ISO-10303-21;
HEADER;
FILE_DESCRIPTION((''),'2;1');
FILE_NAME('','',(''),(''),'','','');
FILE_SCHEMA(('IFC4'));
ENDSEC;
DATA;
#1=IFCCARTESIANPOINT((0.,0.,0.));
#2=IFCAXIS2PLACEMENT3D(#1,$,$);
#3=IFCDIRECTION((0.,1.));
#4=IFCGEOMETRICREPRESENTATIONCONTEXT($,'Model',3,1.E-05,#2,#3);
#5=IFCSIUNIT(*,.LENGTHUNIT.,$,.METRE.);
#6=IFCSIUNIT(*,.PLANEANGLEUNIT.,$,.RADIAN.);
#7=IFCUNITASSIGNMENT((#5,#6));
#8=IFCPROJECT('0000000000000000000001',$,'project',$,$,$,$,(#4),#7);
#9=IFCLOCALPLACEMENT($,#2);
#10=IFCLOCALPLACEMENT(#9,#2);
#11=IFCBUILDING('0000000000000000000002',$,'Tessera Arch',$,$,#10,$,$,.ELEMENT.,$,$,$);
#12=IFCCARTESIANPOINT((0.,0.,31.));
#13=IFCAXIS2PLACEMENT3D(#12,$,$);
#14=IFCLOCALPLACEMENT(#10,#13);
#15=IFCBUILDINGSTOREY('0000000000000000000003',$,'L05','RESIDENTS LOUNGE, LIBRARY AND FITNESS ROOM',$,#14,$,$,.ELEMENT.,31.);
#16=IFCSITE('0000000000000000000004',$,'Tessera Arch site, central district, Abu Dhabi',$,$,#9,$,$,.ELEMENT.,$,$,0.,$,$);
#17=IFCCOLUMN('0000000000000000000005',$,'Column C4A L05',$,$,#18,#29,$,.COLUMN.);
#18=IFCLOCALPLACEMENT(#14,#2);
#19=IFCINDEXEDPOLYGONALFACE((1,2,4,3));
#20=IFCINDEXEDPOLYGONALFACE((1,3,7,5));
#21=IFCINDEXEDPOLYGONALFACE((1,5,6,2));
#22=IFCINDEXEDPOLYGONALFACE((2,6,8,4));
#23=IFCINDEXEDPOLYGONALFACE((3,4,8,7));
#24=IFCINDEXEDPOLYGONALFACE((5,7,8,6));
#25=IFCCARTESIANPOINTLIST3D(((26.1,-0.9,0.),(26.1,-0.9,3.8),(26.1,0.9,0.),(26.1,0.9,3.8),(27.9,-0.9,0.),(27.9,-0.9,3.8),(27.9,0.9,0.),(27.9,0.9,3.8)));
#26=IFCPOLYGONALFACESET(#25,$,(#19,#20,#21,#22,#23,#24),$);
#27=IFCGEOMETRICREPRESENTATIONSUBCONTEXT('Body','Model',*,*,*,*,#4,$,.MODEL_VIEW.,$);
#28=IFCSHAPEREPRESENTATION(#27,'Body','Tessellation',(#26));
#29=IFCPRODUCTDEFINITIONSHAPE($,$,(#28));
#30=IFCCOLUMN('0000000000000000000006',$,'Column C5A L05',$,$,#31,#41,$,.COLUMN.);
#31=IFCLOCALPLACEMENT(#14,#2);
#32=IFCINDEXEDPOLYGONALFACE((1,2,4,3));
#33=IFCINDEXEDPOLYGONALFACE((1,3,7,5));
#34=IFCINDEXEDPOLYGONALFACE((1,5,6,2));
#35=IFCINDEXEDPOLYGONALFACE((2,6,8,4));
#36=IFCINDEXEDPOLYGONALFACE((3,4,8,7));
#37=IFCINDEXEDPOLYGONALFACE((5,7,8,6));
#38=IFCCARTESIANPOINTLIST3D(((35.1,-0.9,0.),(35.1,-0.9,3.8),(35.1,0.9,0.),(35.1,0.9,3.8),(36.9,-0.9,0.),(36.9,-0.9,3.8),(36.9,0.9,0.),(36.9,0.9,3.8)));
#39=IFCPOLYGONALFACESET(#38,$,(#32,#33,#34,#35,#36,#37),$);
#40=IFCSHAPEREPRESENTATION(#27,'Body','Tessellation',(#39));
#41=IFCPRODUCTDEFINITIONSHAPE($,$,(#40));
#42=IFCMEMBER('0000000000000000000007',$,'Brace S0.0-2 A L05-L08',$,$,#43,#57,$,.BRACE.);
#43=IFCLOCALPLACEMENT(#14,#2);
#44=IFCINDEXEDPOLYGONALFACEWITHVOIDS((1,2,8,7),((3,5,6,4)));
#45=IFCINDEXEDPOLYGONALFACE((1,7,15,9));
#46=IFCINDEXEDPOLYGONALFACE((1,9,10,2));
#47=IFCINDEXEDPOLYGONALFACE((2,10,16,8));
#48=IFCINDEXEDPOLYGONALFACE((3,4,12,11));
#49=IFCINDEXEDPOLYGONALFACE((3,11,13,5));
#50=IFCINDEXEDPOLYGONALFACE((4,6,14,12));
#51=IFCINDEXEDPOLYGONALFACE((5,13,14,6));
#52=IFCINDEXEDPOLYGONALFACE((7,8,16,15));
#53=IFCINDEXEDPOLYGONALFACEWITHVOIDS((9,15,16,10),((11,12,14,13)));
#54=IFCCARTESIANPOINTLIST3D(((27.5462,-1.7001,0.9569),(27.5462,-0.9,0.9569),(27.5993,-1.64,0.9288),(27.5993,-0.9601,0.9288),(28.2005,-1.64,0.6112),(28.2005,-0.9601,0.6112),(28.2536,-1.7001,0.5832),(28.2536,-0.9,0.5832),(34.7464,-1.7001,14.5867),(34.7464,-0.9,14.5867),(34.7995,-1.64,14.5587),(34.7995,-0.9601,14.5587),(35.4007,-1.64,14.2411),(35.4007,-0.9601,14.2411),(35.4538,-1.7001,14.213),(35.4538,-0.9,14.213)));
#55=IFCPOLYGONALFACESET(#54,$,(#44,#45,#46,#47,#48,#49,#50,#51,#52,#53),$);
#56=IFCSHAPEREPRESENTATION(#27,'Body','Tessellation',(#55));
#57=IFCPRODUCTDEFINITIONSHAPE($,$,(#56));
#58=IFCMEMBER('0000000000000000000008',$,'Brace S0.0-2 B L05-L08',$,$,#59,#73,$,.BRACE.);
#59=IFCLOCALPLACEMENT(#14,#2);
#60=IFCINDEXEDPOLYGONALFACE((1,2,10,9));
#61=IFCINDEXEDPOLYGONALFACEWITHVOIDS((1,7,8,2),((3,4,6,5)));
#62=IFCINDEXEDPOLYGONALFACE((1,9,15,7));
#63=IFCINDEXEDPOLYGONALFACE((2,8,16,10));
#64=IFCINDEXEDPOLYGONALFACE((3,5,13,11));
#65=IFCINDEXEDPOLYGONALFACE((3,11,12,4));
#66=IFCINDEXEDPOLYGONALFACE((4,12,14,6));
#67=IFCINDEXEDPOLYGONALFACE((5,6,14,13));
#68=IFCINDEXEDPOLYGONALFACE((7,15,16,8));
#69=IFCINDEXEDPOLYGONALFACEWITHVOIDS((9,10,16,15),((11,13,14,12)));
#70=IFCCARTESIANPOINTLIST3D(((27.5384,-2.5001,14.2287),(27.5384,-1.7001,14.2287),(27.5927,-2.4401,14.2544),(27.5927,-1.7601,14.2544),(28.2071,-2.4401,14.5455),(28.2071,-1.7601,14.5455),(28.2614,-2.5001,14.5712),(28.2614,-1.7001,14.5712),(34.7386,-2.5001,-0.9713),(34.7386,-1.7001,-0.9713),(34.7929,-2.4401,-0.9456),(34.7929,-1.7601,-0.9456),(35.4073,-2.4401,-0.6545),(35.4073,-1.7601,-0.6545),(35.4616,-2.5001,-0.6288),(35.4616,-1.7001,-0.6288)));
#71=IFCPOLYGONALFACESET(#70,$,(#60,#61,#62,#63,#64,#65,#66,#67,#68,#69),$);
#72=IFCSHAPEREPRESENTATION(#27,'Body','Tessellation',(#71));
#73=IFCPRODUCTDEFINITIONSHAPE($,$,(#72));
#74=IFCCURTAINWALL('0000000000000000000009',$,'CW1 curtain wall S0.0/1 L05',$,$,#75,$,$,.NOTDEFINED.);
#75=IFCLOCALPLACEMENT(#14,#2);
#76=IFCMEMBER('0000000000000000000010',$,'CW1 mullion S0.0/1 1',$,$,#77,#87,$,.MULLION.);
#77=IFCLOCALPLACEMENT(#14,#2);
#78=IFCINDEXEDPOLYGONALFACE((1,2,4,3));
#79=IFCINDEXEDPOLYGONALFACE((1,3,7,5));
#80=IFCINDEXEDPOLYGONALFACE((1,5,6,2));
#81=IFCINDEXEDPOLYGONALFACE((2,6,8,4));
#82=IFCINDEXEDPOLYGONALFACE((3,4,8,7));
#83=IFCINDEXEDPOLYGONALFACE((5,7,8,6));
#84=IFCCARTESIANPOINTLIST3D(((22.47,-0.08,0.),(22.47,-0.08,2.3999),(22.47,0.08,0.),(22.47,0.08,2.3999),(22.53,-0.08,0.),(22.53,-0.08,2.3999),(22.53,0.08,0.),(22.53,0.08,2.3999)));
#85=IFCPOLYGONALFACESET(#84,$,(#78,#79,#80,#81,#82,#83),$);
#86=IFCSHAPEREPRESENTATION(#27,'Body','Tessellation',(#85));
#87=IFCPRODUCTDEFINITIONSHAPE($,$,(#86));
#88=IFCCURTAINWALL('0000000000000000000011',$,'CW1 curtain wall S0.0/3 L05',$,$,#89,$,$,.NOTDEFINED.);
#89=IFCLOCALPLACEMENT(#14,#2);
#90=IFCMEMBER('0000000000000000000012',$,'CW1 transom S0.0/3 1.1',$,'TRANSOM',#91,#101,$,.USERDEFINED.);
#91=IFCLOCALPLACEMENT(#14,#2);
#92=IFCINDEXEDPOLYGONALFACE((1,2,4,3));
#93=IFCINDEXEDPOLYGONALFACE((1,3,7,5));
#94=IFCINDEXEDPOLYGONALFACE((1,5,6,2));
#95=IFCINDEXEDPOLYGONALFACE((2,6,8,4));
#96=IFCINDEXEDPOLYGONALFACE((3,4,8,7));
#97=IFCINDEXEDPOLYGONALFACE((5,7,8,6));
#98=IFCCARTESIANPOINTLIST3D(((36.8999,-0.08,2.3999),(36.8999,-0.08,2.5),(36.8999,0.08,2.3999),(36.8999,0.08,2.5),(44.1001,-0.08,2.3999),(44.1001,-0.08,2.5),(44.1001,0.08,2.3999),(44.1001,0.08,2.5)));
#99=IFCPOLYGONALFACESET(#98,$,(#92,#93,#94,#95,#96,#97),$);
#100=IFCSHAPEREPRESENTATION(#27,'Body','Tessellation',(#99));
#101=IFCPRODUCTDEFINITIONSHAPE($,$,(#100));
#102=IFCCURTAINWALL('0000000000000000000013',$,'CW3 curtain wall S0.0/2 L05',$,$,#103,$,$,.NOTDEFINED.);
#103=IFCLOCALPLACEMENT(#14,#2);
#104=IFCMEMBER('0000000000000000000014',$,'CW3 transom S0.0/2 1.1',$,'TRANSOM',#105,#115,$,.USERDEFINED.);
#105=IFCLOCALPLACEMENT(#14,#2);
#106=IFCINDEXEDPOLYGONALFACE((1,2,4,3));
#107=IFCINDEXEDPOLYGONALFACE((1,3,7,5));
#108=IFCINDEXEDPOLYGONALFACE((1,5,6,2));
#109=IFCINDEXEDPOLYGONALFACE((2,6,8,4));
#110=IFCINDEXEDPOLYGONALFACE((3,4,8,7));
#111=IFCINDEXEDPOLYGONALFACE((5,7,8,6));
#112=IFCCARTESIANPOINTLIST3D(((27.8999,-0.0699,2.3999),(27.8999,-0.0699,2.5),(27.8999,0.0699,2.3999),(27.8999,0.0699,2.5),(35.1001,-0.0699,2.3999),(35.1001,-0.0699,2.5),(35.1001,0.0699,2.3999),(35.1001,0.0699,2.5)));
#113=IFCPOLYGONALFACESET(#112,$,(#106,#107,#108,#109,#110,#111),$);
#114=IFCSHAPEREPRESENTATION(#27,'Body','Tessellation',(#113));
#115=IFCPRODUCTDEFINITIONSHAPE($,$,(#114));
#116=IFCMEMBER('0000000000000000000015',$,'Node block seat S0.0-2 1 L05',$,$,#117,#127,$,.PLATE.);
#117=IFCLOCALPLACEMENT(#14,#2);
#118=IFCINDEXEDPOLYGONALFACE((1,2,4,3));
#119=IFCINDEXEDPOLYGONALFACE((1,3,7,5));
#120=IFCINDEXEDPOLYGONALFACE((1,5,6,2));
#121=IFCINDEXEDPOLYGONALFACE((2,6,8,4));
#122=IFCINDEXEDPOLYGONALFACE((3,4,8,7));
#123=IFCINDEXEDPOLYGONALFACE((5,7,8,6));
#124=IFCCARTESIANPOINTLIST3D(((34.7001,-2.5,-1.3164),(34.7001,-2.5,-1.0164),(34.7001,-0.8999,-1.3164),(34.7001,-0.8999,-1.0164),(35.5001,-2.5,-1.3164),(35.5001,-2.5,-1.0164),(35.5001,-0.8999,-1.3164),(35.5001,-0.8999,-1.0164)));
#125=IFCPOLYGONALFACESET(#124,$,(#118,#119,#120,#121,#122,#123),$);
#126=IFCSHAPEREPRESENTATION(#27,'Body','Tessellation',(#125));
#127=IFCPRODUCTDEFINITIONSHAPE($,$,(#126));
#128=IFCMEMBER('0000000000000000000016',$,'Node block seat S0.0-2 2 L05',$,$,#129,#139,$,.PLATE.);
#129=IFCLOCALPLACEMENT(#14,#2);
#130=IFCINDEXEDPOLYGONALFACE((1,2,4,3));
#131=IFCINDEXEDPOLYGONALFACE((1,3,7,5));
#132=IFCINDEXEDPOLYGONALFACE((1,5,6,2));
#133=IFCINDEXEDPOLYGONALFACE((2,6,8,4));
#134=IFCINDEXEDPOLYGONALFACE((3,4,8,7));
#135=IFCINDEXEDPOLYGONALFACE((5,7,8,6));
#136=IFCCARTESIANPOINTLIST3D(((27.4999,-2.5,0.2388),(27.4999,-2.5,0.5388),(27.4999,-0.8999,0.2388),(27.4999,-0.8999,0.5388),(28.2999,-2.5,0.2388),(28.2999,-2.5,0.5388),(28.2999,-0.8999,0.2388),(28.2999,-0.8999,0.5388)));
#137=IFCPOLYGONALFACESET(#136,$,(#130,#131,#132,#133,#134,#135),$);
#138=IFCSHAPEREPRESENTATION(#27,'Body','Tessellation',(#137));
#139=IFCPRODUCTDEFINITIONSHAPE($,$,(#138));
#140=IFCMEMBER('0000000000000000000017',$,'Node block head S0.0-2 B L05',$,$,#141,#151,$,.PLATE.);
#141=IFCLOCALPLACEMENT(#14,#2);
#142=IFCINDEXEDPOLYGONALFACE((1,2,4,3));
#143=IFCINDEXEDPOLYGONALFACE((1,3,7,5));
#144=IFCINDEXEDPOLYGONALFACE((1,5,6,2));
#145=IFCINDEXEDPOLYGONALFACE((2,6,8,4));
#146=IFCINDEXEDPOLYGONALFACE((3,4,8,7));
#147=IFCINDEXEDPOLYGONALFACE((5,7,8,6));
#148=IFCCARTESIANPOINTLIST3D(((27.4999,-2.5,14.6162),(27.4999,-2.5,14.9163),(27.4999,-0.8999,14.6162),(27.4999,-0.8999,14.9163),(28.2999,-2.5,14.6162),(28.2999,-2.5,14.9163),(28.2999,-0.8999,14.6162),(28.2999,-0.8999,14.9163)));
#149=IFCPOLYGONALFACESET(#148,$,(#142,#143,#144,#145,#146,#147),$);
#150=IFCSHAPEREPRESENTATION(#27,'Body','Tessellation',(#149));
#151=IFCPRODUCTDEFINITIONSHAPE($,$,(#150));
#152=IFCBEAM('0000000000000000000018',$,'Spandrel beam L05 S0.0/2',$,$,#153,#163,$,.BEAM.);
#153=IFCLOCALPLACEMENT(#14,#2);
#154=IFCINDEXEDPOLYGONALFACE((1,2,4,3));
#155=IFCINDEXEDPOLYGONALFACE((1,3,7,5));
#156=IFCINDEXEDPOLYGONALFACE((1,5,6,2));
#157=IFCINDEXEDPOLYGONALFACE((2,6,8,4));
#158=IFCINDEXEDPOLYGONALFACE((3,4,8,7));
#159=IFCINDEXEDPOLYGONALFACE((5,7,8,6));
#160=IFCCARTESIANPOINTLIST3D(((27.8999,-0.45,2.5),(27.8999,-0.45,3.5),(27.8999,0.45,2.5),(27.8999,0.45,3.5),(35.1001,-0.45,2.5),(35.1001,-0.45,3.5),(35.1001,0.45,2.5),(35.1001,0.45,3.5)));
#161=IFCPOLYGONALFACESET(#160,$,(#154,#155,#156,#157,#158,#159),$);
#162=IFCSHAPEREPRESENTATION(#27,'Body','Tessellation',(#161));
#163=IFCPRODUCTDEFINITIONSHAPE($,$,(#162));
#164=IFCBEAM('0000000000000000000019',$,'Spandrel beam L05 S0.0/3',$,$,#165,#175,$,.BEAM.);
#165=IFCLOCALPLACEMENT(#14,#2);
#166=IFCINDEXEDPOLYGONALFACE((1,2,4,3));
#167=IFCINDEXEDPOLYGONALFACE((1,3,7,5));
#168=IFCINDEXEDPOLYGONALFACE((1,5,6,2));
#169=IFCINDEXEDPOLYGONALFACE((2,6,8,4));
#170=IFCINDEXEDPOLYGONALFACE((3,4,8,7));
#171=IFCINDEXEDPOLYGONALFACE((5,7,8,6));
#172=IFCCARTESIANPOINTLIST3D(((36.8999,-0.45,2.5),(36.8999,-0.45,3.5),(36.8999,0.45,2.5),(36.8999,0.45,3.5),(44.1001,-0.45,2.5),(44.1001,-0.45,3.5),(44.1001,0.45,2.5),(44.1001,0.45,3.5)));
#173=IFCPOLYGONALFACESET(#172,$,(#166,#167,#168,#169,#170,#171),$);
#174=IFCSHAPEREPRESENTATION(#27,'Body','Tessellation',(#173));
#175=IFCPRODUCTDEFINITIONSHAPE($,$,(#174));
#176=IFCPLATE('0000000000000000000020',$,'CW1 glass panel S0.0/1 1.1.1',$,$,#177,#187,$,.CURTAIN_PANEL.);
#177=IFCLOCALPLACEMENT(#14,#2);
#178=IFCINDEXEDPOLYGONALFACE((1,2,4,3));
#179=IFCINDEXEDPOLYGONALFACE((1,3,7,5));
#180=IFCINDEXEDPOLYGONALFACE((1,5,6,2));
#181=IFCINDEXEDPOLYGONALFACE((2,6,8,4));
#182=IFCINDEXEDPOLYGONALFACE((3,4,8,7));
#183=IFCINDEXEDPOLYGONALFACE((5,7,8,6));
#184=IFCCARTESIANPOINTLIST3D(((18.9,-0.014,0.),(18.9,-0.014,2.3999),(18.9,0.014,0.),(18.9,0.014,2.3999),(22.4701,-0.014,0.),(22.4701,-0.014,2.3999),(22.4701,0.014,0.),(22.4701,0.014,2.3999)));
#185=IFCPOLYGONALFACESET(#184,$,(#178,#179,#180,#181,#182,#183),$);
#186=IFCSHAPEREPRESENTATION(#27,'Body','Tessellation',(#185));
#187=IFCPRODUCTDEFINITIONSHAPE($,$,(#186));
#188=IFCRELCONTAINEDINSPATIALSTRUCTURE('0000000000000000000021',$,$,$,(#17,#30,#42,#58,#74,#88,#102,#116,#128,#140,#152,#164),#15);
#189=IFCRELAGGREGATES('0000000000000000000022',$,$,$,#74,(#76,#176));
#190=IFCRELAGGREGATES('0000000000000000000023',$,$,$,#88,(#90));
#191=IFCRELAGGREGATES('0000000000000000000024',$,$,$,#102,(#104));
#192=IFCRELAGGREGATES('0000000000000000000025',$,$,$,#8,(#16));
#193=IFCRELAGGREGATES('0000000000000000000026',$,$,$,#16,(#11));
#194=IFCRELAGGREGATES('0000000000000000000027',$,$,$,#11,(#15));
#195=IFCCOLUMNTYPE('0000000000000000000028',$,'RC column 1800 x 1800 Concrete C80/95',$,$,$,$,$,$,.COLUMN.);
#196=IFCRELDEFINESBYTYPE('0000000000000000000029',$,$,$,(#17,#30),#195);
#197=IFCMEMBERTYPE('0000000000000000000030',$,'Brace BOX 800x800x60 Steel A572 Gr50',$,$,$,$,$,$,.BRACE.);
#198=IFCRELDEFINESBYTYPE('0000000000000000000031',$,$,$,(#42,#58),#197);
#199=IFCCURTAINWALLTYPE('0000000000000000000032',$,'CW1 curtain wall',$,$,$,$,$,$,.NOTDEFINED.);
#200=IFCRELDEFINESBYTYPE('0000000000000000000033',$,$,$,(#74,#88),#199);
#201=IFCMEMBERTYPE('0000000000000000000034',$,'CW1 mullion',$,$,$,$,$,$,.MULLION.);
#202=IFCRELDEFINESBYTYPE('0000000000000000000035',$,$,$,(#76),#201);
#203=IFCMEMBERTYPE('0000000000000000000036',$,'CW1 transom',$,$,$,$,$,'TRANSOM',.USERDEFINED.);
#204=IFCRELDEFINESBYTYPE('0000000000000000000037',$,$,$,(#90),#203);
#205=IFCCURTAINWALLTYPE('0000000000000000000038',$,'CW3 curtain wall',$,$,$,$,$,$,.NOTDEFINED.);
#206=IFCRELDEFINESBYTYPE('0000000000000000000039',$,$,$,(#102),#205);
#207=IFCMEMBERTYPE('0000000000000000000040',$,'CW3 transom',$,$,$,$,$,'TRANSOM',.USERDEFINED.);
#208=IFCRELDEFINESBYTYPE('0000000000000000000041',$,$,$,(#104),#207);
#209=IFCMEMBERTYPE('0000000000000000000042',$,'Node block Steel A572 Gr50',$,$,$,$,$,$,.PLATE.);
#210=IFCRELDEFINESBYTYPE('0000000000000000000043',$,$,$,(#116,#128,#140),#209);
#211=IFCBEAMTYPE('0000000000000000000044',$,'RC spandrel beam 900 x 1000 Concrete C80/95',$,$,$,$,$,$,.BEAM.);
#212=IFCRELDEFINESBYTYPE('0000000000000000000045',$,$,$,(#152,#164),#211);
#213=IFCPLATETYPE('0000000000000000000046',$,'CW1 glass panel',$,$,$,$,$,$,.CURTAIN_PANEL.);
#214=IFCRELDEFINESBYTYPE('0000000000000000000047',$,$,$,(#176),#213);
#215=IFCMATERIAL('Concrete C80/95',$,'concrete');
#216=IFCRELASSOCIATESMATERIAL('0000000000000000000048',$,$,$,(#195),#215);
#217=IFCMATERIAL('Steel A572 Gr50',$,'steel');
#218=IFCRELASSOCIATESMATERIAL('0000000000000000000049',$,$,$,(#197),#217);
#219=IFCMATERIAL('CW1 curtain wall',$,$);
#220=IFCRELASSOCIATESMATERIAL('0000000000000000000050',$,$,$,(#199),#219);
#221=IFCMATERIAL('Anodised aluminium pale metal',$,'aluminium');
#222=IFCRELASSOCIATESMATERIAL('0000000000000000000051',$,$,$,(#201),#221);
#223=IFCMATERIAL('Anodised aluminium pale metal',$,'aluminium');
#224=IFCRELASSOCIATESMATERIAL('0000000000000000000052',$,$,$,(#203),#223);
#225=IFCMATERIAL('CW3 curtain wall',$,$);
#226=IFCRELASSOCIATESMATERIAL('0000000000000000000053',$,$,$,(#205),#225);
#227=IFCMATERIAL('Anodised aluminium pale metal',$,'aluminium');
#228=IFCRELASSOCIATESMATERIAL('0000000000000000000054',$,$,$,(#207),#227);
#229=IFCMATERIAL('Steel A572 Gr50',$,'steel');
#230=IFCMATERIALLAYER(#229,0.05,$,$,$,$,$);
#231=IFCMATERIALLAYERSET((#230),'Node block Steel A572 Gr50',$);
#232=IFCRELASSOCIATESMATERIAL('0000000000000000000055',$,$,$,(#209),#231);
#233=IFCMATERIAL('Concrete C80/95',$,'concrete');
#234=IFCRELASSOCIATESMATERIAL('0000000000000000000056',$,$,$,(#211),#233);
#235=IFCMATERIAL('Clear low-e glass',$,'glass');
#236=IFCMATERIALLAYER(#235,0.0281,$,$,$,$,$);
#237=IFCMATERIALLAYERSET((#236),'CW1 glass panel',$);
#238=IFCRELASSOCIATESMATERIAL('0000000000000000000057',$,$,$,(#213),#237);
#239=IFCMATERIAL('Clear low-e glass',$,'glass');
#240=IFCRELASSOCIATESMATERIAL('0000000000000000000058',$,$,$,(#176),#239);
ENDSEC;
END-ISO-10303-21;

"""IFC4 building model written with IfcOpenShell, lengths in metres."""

from ifc_helpers import new_model, si_unit, direction, frame, origin, origin_2d, place, context, subcontext, project, spatial, rectangle, hollow_rectangle, extrude, material, layer, layer_set, material_profile, profile_set, type_object, element, aggregate, save


model = new_model("IFC4")

# Units and contexts
model_context = context("Model", 3, precision=1e-05, world=origin(), true_north=direction((0.0, 1.0)))
body_context = subcontext(model_context, "Body", "Model", "MODEL_VIEW")
ifc_project = project(units=[si_unit("LENGTHUNIT", "METRE"), si_unit("PLANEANGLEUNIT", "RADIAN")], contexts=[model_context])

# Site, building, storey
site_placement = place(None, origin())
site = spatial("IfcSite", under=ifc_project, at=site_placement, Name="Tessera Arch site, central district, Abu Dhabi", CompositionType="ELEMENT", RefElevation=0.0)
building_placement = place(site_placement, origin())
building = spatial("IfcBuilding", under=site, at=building_placement, Name="Tessera Arch", CompositionType="ELEMENT")
storey_placement = place(building_placement, frame((0.0, 0.0, 31.0)))
storey = spatial("IfcBuildingStorey", under=building, at=storey_placement, Name="L05", Description="RESIDENTS LOUNGE, LIBRARY AND FITNESS ROOM", CompositionType="ELEMENT", Elevation=31.0)

# Columns
ifc_material_1 = material(Name="Concrete C80/95", Category="concrete")
ifc_material_profile_1 = material_profile(ifc_material_1, rectangle(XDim=1.8, YDim=1.8, at=origin_2d()), Name="RC column 1800 x 1800 Concrete C80/95")
ifc_profile_set_1 = profile_set([ifc_material_profile_1], Name="Concrete C80/95")
column_type = type_object("IfcColumnType", Name="RC column 1800 x 1800 Concrete C80/95", PredefinedType="COLUMN", material=ifc_profile_set_1)
for number, where, z_axis, x_axis, name in (
    (1, (27.0, 0.0, 0.0), (0.0, 0.0, 1.0), (1.0, 0.0, 0.0), "Column C4A L05"),
    (2, (36.0, 0.0, 0.0), (0.0, 0.0, 1.0), (1.0, 0.0, 0.0), "Column C5A L05"),
):
    element("IfcColumn", number, at=place(storey_placement, frame(where, z_axis=z_axis, x_axis=x_axis)), inside=storey, type_object=column_type, Name=name, PredefinedType="COLUMN", context=body_context, shape_type="SweptSolid", body=[
        extrude(rectangle(XDim=1.8, YDim=1.8, at=origin_2d()), origin(), (0.0, 0.0, 1.0), 3.8),
    ])

# Members
ifc_material_2 = material(Name="Steel A572 Gr50", Category="steel")
ifc_material_profile_2 = material_profile(ifc_material_2, hollow_rectangle(XDim=0.8, YDim=0.8, WallThickness=0.0601, at=origin_2d()), Name="BOX 800x800x60")
ifc_profile_set_2 = profile_set([ifc_material_profile_2], Name="Steel A572 Gr50")
member_type_1 = type_object("IfcMemberType", Name="Brace BOX 800x800x60 Steel A572 Gr50", PredefinedType="BRACE", material=ifc_profile_set_2)
member_1_placement = place(storey_placement, frame((27.8999, -1.3, 0.77), z_axis=(0.467096, 0.0, 0.884207), x_axis=(0.0, 1.0, 0.0)))
element("IfcMember", 3, at=member_1_placement, inside=storey, type_object=member_type_1, Name="Brace S0.0-2 A L05-L08", PredefinedType="BRACE", context=body_context, shape_type="SweptSolid", body=[
    extrude(hollow_rectangle(XDim=0.8, YDim=0.8, WallThickness=0.0601, at=origin_2d()), origin(), (0.0, 0.0, 1.0), 15.4148),
])
member_2_placement = place(storey_placement, frame((35.1001, -2.1001, -0.8), z_axis=(-0.428097, 0.0, 0.903733), x_axis=(0.0, -1.0, 0.0)))
element("IfcMember", 4, at=member_2_placement, inside=storey, type_object=member_type_1, Name="Brace S0.0-2 B L05-L08", PredefinedType="BRACE", context=body_context, shape_type="SweptSolid", body=[
    extrude(hollow_rectangle(XDim=0.8, YDim=0.8, WallThickness=0.0601, at=origin_2d()), origin(), (0.0, 0.0, 1.0), 16.8191),
])

# Curtain walls, members
ifc_material_3 = material(Name="CW1 curtain wall")
curtain_wall_type_1 = type_object("IfcCurtainWallType", Name="CW1 curtain wall", PredefinedType="NOTDEFINED", material=ifc_material_3)
curtain_wall_1_placement = place(storey_placement, origin())
curtain_wall_1 = element("IfcCurtainWall", 5, at=curtain_wall_1_placement, inside=storey, type_object=curtain_wall_type_1, Name="CW1 curtain wall S0.0/1 L05", PredefinedType="NOTDEFINED")
ifc_material_4 = material(Name="Anodised aluminium pale metal", Category="aluminium")
ifc_material_profile_3 = material_profile(ifc_material_4, rectangle(XDim=0.1599, YDim=0.0601, at=origin_2d()), Name="AL 60x160")
ifc_profile_set_3 = profile_set([ifc_material_profile_3], Name="Anodised aluminium pale metal")
member_type_2 = type_object("IfcMemberType", Name="CW1 mullion", PredefinedType="MULLION", material=ifc_profile_set_3)
member_3_placement = place(storey_placement, frame((22.5, 0.0, 0.0), z_axis=(0.0, 0.0, 1.0), x_axis=(0.0, 1.0, 0.0)))
member_3 = element("IfcMember", 6, at=member_3_placement, type_object=member_type_2, Name="CW1 mullion S0.0/1 1", PredefinedType="MULLION", context=body_context, shape_type="SweptSolid", body=[
    extrude(rectangle(XDim=0.1599, YDim=0.0601, at=origin_2d()), origin(), (0.0, 0.0, 1.0), 2.3999),
])
curtain_wall_2_placement = place(storey_placement, origin())
curtain_wall_2 = element("IfcCurtainWall", 7, at=curtain_wall_2_placement, inside=storey, type_object=curtain_wall_type_1, Name="CW1 curtain wall S0.0/3 L05", PredefinedType="NOTDEFINED")
ifc_material_5 = material(Name="Anodised aluminium pale metal", Category="aluminium")
ifc_material_profile_4 = material_profile(ifc_material_5, rectangle(XDim=0.1599, YDim=0.1001, at=origin_2d()), Name="AL 160x100")
ifc_profile_set_4 = profile_set([ifc_material_profile_4], Name="Anodised aluminium pale metal")
member_type_3 = type_object("IfcMemberType", Name="CW1 transom", ElementType="TRANSOM", PredefinedType="USERDEFINED", material=ifc_profile_set_4)
member_4_placement = place(storey_placement, frame((36.8999, 0.0, 2.45), z_axis=(1.0, 0.0, 0.0), x_axis=(0.0, 1.0, 0.0)))
member_4 = element("IfcMember", 8, at=member_4_placement, type_object=member_type_3, Name="CW1 transom S0.0/3 1.1", ObjectType="TRANSOM", PredefinedType="USERDEFINED", context=body_context, shape_type="SweptSolid", body=[
    extrude(rectangle(XDim=0.1599, YDim=0.1001, at=origin_2d()), origin(), (0.0, 0.0, 1.0), 7.2002),
])
ifc_material_6 = material(Name="CW3 curtain wall")
curtain_wall_type_2 = type_object("IfcCurtainWallType", Name="CW3 curtain wall", PredefinedType="NOTDEFINED", material=ifc_material_6)
curtain_wall_3_placement = place(storey_placement, origin())
curtain_wall_3 = element("IfcCurtainWall", 9, at=curtain_wall_3_placement, inside=storey, type_object=curtain_wall_type_2, Name="CW3 curtain wall S0.0/2 L05", PredefinedType="NOTDEFINED")
ifc_material_7 = material(Name="Anodised aluminium pale metal", Category="aluminium")
ifc_material_profile_5 = material_profile(ifc_material_7, rectangle(XDim=0.1399, YDim=0.1001, at=origin_2d()), Name="AL 140x100")
ifc_profile_set_5 = profile_set([ifc_material_profile_5], Name="Anodised aluminium pale metal")
member_type_4 = type_object("IfcMemberType", Name="CW3 transom", ElementType="TRANSOM", PredefinedType="USERDEFINED", material=ifc_profile_set_5)
member_5_placement = place(storey_placement, frame((27.8999, 0.0, 2.45), z_axis=(1.0, 0.0, 0.0), x_axis=(0.0, 1.0, 0.0)))
member_5 = element("IfcMember", 10, at=member_5_placement, type_object=member_type_4, Name="CW3 transom S0.0/2 1.1", ObjectType="TRANSOM", PredefinedType="USERDEFINED", context=body_context, shape_type="SweptSolid", body=[
    extrude(rectangle(XDim=0.1399, YDim=0.1001, at=origin_2d()), origin(), (0.0, 0.0, 1.0), 7.2002),
])

# Members
ifc_material_8 = material(Name="Steel A572 Gr50", Category="steel")
ifc_layer_1 = layer(ifc_material_8, 0.05)
ifc_layer_set_1 = layer_set([ifc_layer_1], Name="Node block Steel A572 Gr50")
member_type_5 = type_object("IfcMemberType", Name="Node block Steel A572 Gr50", PredefinedType="PLATE", material=ifc_layer_set_1)
for number, where, z_axis, x_axis, name in (
    (11, (35.1001, -1.7, -1.3164), (0.0, 0.0, 1.0), (1.0, 0.0, 0.0), "Node block seat S0.0-2 1 L05"),
    (12, (27.8999, -1.7, 0.2388), (0.0, 0.0, 1.0), (1.0, 0.0, 0.0), "Node block seat S0.0-2 2 L05"),
    (13, (27.8999, -1.7, 14.6162), (0.0, 0.0, 1.0), (1.0, 0.0, 0.0), "Node block head S0.0-2 B L05"),
):
    element("IfcMember", number, at=place(storey_placement, frame(where, z_axis=z_axis, x_axis=x_axis)), inside=storey, type_object=member_type_5, Name=name, PredefinedType="PLATE", context=body_context, shape_type="SweptSolid", body=[
        extrude(rectangle(XDim=0.8, YDim=1.6001, at=origin_2d()), origin(), (0.0, 0.0, 1.0), 0.3),
    ])

# Beams
ifc_material_9 = material(Name="Concrete C80/95", Category="concrete")
ifc_material_profile_6 = material_profile(ifc_material_9, rectangle(XDim=0.8999, YDim=1.0, at=origin_2d()), Name="RC spandrel beam 900 x 1000 Concrete C80/95")
ifc_profile_set_6 = profile_set([ifc_material_profile_6], Name="Concrete C80/95")
beam_type = type_object("IfcBeamType", Name="RC spandrel beam 900 x 1000 Concrete C80/95", PredefinedType="BEAM", material=ifc_profile_set_6)
for number, where, z_axis, x_axis, name in (
    (14, (27.8999, 0.0, 3.0), (1.0, 0.0, 0.0), (0.0, 1.0, 0.0), "Spandrel beam L05 S0.0/2"),
    (15, (36.8999, 0.0, 3.0), (1.0, 0.0, 0.0), (0.0, 1.0, 0.0), "Spandrel beam L05 S0.0/3"),
):
    element("IfcBeam", number, at=place(storey_placement, frame(where, z_axis=z_axis, x_axis=x_axis)), inside=storey, type_object=beam_type, Name=name, PredefinedType="BEAM", context=body_context, shape_type="SweptSolid", body=[
        extrude(rectangle(XDim=0.8999, YDim=1.0, at=origin_2d()), origin(), (0.0, 0.0, 1.0), 7.2002),
    ])

# Plate
ifc_material_10 = material(Name="Clear low-e glass", Category="glass")
ifc_material_11 = material(Name="Clear low-e glass", Category="glass")
ifc_layer_2 = layer(ifc_material_11, 0.0281)
ifc_layer_set_2 = layer_set([ifc_layer_2], Name="CW1 glass panel")
plate_type_1 = type_object("IfcPlateType", Name="CW1 glass panel", PredefinedType="CURTAIN_PANEL", material=ifc_layer_set_2)
plate_1_placement = place(storey_placement, frame((20.6851, 0.0, 0.0), z_axis=(0.0, 0.0, 1.0), x_axis=(1.0, 0.0, 0.0)))
plate_1 = element("IfcPlate", 16, at=plate_1_placement, type_object=plate_type_1, material=ifc_material_10, Name="CW1 glass panel S0.0/1 1.1.1", PredefinedType="CURTAIN_PANEL", context=body_context, shape_type="SweptSolid", body=[
    extrude(rectangle(XDim=3.5701, YDim=0.0281, at=origin_2d()), origin(), (0.0, 0.0, 1.0), 2.3999),
])
aggregate(curtain_wall_1, [member_3, plate_1])
aggregate(curtain_wall_2, [member_4])
aggregate(curtain_wall_3, [member_5])

save(model, "model.ifc")
